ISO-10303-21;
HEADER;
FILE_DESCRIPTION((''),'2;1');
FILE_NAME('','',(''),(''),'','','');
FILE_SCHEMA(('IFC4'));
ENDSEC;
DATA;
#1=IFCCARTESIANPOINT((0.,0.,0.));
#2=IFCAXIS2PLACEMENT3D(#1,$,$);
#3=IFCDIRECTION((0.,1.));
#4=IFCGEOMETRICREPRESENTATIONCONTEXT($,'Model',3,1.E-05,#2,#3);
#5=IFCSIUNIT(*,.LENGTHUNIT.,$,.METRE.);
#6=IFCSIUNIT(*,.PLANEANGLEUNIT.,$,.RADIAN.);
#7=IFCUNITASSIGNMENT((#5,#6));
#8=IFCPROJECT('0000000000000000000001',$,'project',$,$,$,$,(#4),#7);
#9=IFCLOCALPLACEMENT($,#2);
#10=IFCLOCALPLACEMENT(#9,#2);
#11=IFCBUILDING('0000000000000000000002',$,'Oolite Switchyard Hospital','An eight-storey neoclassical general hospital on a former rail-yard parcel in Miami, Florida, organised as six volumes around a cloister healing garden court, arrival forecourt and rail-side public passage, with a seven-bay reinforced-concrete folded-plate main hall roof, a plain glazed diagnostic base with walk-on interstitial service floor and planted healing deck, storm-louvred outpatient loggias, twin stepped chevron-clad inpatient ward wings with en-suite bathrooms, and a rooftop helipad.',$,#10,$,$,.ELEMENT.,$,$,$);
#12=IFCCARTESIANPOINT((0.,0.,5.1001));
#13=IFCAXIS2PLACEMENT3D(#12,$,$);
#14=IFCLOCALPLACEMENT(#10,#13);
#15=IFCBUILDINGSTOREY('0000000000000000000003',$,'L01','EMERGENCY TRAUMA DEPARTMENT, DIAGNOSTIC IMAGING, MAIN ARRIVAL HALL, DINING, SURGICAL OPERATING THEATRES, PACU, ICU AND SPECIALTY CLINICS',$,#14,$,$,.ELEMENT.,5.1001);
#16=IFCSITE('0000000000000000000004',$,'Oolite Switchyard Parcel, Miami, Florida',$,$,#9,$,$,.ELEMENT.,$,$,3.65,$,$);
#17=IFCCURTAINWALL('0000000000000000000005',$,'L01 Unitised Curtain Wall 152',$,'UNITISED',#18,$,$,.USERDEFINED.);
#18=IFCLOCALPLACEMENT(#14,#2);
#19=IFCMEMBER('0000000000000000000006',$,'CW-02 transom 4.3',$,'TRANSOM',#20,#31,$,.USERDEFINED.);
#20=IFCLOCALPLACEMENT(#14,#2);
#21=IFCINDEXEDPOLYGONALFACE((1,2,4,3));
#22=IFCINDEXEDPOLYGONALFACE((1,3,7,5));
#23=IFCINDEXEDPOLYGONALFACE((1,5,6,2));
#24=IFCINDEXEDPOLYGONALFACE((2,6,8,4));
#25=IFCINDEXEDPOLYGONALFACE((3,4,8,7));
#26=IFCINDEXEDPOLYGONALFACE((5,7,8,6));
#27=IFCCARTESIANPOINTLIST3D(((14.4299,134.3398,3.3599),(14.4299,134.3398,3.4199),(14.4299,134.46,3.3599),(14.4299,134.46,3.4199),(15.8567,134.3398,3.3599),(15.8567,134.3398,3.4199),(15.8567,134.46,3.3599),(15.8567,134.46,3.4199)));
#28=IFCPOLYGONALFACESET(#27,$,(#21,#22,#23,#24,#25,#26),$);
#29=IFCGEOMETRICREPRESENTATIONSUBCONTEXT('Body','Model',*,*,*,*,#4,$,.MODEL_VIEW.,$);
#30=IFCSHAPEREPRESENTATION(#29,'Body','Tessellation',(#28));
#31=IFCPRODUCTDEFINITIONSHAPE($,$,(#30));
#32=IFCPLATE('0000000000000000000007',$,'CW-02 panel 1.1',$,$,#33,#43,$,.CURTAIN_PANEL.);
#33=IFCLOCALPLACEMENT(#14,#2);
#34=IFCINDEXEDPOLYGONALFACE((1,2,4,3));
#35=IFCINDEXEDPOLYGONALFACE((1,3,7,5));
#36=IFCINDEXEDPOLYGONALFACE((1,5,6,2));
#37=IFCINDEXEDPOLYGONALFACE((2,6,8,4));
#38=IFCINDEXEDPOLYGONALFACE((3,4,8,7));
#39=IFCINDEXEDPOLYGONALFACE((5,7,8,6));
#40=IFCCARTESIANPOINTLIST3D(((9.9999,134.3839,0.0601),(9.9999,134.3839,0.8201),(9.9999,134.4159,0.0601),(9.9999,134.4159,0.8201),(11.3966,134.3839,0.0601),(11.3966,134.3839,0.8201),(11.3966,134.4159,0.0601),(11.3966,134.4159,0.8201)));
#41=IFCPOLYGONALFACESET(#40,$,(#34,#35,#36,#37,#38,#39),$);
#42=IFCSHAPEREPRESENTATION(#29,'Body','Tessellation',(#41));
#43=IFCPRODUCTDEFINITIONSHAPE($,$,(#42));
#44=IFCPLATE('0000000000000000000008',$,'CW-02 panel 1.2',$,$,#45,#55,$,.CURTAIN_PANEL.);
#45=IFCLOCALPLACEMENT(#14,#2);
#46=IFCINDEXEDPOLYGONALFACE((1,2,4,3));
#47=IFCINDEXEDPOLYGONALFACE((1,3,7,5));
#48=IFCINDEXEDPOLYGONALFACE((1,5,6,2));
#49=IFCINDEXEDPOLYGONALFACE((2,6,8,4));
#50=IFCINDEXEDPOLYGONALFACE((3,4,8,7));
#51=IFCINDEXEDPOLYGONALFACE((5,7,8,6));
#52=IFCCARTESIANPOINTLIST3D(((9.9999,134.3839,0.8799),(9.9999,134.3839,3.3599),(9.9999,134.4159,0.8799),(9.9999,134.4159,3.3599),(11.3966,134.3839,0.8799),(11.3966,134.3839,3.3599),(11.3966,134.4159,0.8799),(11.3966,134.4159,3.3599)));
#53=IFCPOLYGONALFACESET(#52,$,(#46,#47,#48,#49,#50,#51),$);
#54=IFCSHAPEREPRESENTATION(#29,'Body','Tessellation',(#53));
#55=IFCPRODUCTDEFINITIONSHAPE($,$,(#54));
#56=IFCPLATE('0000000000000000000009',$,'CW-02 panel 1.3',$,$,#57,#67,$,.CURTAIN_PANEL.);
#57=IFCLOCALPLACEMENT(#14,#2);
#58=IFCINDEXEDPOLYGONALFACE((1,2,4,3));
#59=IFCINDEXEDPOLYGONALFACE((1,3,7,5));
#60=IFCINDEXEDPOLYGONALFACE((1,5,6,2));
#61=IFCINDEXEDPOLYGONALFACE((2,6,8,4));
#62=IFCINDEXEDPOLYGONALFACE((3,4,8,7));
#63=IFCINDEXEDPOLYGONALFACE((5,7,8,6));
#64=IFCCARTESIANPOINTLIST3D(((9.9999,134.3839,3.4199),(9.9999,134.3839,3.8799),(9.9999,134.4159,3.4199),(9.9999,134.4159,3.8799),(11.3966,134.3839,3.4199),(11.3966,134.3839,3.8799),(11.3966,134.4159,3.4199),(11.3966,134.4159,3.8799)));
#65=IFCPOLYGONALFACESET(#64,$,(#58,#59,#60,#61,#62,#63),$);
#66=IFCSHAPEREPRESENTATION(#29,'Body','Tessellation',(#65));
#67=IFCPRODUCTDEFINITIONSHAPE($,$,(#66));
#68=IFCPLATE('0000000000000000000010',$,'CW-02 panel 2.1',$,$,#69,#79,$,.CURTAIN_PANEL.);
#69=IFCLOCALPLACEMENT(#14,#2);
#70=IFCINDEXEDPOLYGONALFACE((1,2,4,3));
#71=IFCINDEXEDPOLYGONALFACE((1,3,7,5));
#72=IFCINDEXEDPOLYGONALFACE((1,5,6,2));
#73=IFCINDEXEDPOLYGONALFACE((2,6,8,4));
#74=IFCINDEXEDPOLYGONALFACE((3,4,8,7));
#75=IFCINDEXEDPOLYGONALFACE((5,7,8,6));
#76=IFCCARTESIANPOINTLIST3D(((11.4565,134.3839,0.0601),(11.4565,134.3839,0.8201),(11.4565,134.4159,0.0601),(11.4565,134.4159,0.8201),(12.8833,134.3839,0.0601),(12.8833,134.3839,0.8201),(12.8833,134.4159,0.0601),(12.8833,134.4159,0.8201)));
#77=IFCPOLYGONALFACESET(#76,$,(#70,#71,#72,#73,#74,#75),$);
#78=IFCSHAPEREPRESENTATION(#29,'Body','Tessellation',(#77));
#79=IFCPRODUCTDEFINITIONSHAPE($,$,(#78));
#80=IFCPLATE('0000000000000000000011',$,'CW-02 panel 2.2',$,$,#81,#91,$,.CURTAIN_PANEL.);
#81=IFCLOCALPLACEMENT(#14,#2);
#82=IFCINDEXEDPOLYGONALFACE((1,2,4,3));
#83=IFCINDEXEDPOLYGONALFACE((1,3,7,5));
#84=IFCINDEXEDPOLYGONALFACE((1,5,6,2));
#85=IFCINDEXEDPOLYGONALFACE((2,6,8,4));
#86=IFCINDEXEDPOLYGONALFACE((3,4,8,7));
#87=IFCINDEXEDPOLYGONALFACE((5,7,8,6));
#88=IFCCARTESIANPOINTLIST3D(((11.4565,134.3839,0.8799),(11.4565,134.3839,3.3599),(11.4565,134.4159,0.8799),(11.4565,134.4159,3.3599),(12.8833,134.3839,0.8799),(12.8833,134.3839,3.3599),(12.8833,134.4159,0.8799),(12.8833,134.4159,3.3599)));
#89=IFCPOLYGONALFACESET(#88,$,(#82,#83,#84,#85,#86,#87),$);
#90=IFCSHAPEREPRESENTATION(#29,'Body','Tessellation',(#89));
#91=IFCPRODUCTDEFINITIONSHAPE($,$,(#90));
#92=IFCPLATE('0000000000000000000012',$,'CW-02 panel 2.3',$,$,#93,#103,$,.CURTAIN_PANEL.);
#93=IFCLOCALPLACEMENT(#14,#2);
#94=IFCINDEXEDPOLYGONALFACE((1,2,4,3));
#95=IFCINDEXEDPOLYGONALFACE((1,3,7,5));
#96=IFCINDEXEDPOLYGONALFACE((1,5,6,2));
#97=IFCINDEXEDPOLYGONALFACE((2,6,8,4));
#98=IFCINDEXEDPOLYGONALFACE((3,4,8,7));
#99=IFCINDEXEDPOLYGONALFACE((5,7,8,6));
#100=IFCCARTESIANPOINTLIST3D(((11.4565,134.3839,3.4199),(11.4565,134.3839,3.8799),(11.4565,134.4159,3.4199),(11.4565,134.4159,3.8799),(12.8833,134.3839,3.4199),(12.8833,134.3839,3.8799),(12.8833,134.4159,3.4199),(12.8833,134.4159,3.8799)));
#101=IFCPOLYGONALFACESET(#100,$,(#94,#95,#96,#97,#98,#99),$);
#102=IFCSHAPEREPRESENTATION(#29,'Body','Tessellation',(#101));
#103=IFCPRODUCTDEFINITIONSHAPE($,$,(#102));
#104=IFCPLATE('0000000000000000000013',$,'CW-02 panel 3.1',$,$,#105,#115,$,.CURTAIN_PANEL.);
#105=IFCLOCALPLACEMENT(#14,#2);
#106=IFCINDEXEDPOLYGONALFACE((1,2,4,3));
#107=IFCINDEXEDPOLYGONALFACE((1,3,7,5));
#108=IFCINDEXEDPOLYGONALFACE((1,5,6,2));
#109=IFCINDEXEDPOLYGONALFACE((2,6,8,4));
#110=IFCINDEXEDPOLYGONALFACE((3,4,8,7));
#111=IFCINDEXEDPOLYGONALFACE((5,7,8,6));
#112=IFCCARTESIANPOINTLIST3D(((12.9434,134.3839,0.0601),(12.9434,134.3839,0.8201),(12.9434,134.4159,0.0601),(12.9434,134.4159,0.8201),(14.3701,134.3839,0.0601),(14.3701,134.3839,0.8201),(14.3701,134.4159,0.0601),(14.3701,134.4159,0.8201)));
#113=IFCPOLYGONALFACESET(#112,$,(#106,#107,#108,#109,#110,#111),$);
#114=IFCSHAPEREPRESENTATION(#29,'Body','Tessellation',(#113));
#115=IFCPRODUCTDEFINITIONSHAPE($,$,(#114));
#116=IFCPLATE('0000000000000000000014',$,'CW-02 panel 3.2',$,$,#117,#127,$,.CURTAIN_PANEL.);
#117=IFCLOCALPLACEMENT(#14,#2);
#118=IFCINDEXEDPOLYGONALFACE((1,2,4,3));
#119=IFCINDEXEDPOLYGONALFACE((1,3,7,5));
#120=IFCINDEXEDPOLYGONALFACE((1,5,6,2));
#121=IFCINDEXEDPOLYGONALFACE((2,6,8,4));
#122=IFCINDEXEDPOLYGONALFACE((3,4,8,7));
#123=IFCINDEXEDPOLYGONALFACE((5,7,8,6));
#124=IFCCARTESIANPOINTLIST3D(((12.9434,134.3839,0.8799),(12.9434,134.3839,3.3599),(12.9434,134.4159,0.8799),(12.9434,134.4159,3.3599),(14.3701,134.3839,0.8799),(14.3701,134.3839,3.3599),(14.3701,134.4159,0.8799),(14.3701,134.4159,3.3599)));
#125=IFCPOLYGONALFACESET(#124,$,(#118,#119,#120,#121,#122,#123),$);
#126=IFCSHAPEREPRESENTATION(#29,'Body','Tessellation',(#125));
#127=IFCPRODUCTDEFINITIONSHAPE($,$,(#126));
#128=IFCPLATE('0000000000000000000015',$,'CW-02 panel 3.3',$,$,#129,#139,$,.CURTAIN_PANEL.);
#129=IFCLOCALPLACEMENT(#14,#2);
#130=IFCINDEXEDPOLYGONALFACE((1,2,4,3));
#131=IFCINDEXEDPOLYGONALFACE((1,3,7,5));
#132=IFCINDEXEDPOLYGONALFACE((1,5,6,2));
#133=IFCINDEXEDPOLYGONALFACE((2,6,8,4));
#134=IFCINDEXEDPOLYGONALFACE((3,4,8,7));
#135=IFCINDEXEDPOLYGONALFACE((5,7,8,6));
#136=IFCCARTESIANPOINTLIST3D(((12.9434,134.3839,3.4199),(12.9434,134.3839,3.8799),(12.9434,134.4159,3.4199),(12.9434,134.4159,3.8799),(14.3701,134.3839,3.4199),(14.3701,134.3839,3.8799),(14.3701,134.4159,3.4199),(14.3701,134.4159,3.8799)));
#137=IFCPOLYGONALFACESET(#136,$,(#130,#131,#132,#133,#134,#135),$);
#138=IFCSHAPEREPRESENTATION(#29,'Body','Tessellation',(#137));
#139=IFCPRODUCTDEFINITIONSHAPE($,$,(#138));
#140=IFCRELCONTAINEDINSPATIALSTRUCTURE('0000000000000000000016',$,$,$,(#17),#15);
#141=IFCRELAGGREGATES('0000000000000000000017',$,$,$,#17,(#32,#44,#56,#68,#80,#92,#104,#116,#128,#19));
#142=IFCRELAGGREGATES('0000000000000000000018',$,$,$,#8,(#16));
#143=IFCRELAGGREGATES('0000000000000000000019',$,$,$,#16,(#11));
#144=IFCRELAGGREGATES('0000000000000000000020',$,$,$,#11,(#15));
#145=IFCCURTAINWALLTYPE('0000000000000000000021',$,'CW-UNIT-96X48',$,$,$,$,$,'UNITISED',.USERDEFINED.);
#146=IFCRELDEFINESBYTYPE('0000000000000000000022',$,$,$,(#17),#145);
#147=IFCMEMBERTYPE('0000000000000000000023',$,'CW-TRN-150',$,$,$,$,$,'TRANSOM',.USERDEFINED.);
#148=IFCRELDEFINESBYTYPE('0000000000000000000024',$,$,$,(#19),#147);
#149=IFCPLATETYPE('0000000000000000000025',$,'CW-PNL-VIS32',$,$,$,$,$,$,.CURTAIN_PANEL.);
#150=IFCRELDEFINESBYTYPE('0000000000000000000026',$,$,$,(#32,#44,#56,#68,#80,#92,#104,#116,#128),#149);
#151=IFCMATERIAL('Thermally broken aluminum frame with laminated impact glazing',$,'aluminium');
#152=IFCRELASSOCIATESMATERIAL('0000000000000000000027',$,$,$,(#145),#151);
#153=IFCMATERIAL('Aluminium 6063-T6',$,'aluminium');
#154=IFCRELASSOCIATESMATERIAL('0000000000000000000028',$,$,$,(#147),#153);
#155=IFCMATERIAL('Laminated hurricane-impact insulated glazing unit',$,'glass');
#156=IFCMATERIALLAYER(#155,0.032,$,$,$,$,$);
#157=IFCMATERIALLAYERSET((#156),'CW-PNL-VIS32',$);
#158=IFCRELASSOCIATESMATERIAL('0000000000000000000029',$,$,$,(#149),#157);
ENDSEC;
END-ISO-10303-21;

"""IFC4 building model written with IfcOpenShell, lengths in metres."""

from ifc_helpers import new_model, si_unit, direction, frame, origin, origin_2d, place, context, subcontext, project, spatial, rectangle, extrude, material, layer, layer_set, material_profile, profile_set, type_object, element, aggregate, save


model = new_model("IFC4")

# Units and contexts
model_context = context("Model", 3, precision=1e-05, world=origin(), true_north=direction((0.0, 1.0)))
body_context = subcontext(model_context, "Body", "Model", "MODEL_VIEW")
ifc_project = project(units=[si_unit("LENGTHUNIT", "METRE"), si_unit("PLANEANGLEUNIT", "RADIAN")], contexts=[model_context])

# Site, building, storey
site_placement = place(None, origin())
site = spatial("IfcSite", under=ifc_project, at=site_placement, Name="Oolite Switchyard Parcel, Miami, Florida", CompositionType="ELEMENT", RefElevation=3.65)
building_placement = place(site_placement, origin())
building = spatial("IfcBuilding", under=site, at=building_placement, Name="Oolite Switchyard Hospital", Description="An eight-storey neoclassical general hospital on a former rail-yard parcel in Miami, Florida, organised as six volumes around a cloister healing garden court, arrival forecourt and rail-side public passage, with a seven-bay reinforced-concrete folded-plate main hall roof, a plain glazed diagnostic base with walk-on interstitial service floor and planted healing deck, storm-louvred outpatient loggias, twin stepped chevron-clad inpatient ward wings with en-suite bathrooms, and a rooftop helipad.", CompositionType="ELEMENT")
storey_placement = place(building_placement, frame((0.0, 0.0, 5.1001)))
storey = spatial("IfcBuildingStorey", under=building, at=storey_placement, Name="L01", Description="EMERGENCY TRAUMA DEPARTMENT, DIAGNOSTIC IMAGING, MAIN ARRIVAL HALL, DINING, SURGICAL OPERATING THEATRES, PACU, ICU AND SPECIALTY CLINICS", CompositionType="ELEMENT", Elevation=5.1001)

# Curtain wall, member, plates
ifc_material_1 = material(Name="Thermally broken aluminum frame with laminated impact glazing", Category="aluminium")
curtain_wall_type = type_object("IfcCurtainWallType", Name="CW-UNIT-96X48", ElementType="UNITISED", PredefinedType="USERDEFINED", material=ifc_material_1)
curtain_wall_placement = place(storey_placement, origin())
curtain_wall = element("IfcCurtainWall", 1, at=curtain_wall_placement, inside=storey, type_object=curtain_wall_type, Name="L01 Unitised Curtain Wall 152", ObjectType="UNITISED", PredefinedType="USERDEFINED")
ifc_material_2 = material(Name="Aluminium 6063-T6", Category="aluminium")
ifc_material_profile_1 = material_profile(ifc_material_2, rectangle(XDim=0.1201, YDim=0.0601, at=origin_2d()), Name="CWT60X120")
ifc_profile_set_1 = profile_set([ifc_material_profile_1], Name="Aluminium 6063-T6")
member_type_1 = type_object("IfcMemberType", Name="CW-TRN-150", ElementType="TRANSOM", PredefinedType="USERDEFINED", material=ifc_profile_set_1)
member_1_placement = place(storey_placement, frame((14.4299, 134.3999, 3.3899), z_axis=(1.0, 0.0, 0.0), x_axis=(0.0, 1.0, 0.0)))
member_1 = element("IfcMember", 2, at=member_1_placement, type_object=member_type_1, Name="CW-02 transom 4.3", ObjectType="TRANSOM", PredefinedType="USERDEFINED", context=body_context, shape_type="SweptSolid", body=[
    extrude(rectangle(XDim=0.1201, YDim=0.0601, at=origin_2d()), origin(), (0.0, 0.0, 1.0), 1.4268),
])
ifc_material_3 = material(Name="Laminated hurricane-impact insulated glazing unit", Category="glass")
ifc_layer = layer(ifc_material_3, 0.032)
ifc_layer_set = layer_set([ifc_layer], Name="CW-PNL-VIS32")
plate_type = type_object("IfcPlateType", Name="CW-PNL-VIS32", PredefinedType="CURTAIN_PANEL", material=ifc_layer_set)
plate_1_placement = place(storey_placement, frame((10.6982, 134.3999, 0.0601), z_axis=(0.0, 0.0, 1.0), x_axis=(1.0, 0.0, 0.0)))
plate_1 = element("IfcPlate", 3, at=plate_1_placement, type_object=plate_type, Name="CW-02 panel 1.1", PredefinedType="CURTAIN_PANEL", context=body_context, shape_type="SweptSolid", body=[
    extrude(rectangle(XDim=1.3967, YDim=0.032, at=origin_2d()), origin(), (0.0, 0.0, 1.0), 0.76),
])
plate_2_placement = place(storey_placement, frame((10.6982, 134.3999, 0.8799), z_axis=(0.0, 0.0, 1.0), x_axis=(1.0, 0.0, 0.0)))
plate_2 = element("IfcPlate", 4, at=plate_2_placement, type_object=plate_type, Name="CW-02 panel 1.2", PredefinedType="CURTAIN_PANEL", context=body_context, shape_type="SweptSolid", body=[
    extrude(rectangle(XDim=1.3967, YDim=0.032, at=origin_2d()), origin(), (0.0, 0.0, 1.0), 2.48),
])
plate_3_placement = place(storey_placement, frame((10.6982, 134.3999, 3.4199), z_axis=(0.0, 0.0, 1.0), x_axis=(1.0, 0.0, 0.0)))
plate_3 = element("IfcPlate", 5, at=plate_3_placement, type_object=plate_type, Name="CW-02 panel 1.3", PredefinedType="CURTAIN_PANEL", context=body_context, shape_type="SweptSolid", body=[
    extrude(rectangle(XDim=1.3967, YDim=0.032, at=origin_2d()), origin(), (0.0, 0.0, 1.0), 0.46),
])
plate_4_placement = place(storey_placement, frame((12.1699, 134.3999, 0.0601), z_axis=(0.0, 0.0, 1.0), x_axis=(1.0, 0.0, 0.0)))
plate_4 = element("IfcPlate", 6, at=plate_4_placement, type_object=plate_type, Name="CW-02 panel 2.1", PredefinedType="CURTAIN_PANEL", context=body_context, shape_type="SweptSolid", body=[
    extrude(rectangle(XDim=1.4268, YDim=0.032, at=origin_2d()), origin(), (0.0, 0.0, 1.0), 0.76),
])
plate_5_placement = place(storey_placement, frame((12.1699, 134.3999, 0.8799), z_axis=(0.0, 0.0, 1.0), x_axis=(1.0, 0.0, 0.0)))
plate_5 = element("IfcPlate", 7, at=plate_5_placement, type_object=plate_type, Name="CW-02 panel 2.2", PredefinedType="CURTAIN_PANEL", context=body_context, shape_type="SweptSolid", body=[
    extrude(rectangle(XDim=1.4268, YDim=0.032, at=origin_2d()), origin(), (0.0, 0.0, 1.0), 2.48),
])
plate_6_placement = place(storey_placement, frame((12.1699, 134.3999, 3.4199), z_axis=(0.0, 0.0, 1.0), x_axis=(1.0, 0.0, 0.0)))
plate_6 = element("IfcPlate", 8, at=plate_6_placement, type_object=plate_type, Name="CW-02 panel 2.3", PredefinedType="CURTAIN_PANEL", context=body_context, shape_type="SweptSolid", body=[
    extrude(rectangle(XDim=1.4268, YDim=0.032, at=origin_2d()), origin(), (0.0, 0.0, 1.0), 0.46),
])
plate_7_placement = place(storey_placement, frame((13.6567, 134.3999, 0.0601), z_axis=(0.0, 0.0, 1.0), x_axis=(1.0, 0.0, 0.0)))
plate_7 = element("IfcPlate", 9, at=plate_7_placement, type_object=plate_type, Name="CW-02 panel 3.1", PredefinedType="CURTAIN_PANEL", context=body_context, shape_type="SweptSolid", body=[
    extrude(rectangle(XDim=1.4268, YDim=0.032, at=origin_2d()), origin(), (0.0, 0.0, 1.0), 0.76),
])
plate_8_placement = place(storey_placement, frame((13.6567, 134.3999, 0.8799), z_axis=(0.0, 0.0, 1.0), x_axis=(1.0, 0.0, 0.0)))
plate_8 = element("IfcPlate", 10, at=plate_8_placement, type_object=plate_type, Name="CW-02 panel 3.2", PredefinedType="CURTAIN_PANEL", context=body_context, shape_type="SweptSolid", body=[
    extrude(rectangle(XDim=1.4268, YDim=0.032, at=origin_2d()), origin(), (0.0, 0.0, 1.0), 2.48),
])
plate_9_placement = place(storey_placement, frame((13.6567, 134.3999, 3.4199), z_axis=(0.0, 0.0, 1.0), x_axis=(1.0, 0.0, 0.0)))
plate_9 = element("IfcPlate", 11, at=plate_9_placement, type_object=plate_type, Name="CW-02 panel 3.3", PredefinedType="CURTAIN_PANEL", context=body_context, shape_type="SweptSolid", body=[
    extrude(rectangle(XDim=1.4268, YDim=0.032, at=origin_2d()), origin(), (0.0, 0.0, 1.0), 0.46),
])
aggregate(curtain_wall, [plate_1, plate_2, plate_3, plate_4, plate_5, plate_6, plate_7, plate_8, plate_9, member_1])

save(model, "model.ifc")
